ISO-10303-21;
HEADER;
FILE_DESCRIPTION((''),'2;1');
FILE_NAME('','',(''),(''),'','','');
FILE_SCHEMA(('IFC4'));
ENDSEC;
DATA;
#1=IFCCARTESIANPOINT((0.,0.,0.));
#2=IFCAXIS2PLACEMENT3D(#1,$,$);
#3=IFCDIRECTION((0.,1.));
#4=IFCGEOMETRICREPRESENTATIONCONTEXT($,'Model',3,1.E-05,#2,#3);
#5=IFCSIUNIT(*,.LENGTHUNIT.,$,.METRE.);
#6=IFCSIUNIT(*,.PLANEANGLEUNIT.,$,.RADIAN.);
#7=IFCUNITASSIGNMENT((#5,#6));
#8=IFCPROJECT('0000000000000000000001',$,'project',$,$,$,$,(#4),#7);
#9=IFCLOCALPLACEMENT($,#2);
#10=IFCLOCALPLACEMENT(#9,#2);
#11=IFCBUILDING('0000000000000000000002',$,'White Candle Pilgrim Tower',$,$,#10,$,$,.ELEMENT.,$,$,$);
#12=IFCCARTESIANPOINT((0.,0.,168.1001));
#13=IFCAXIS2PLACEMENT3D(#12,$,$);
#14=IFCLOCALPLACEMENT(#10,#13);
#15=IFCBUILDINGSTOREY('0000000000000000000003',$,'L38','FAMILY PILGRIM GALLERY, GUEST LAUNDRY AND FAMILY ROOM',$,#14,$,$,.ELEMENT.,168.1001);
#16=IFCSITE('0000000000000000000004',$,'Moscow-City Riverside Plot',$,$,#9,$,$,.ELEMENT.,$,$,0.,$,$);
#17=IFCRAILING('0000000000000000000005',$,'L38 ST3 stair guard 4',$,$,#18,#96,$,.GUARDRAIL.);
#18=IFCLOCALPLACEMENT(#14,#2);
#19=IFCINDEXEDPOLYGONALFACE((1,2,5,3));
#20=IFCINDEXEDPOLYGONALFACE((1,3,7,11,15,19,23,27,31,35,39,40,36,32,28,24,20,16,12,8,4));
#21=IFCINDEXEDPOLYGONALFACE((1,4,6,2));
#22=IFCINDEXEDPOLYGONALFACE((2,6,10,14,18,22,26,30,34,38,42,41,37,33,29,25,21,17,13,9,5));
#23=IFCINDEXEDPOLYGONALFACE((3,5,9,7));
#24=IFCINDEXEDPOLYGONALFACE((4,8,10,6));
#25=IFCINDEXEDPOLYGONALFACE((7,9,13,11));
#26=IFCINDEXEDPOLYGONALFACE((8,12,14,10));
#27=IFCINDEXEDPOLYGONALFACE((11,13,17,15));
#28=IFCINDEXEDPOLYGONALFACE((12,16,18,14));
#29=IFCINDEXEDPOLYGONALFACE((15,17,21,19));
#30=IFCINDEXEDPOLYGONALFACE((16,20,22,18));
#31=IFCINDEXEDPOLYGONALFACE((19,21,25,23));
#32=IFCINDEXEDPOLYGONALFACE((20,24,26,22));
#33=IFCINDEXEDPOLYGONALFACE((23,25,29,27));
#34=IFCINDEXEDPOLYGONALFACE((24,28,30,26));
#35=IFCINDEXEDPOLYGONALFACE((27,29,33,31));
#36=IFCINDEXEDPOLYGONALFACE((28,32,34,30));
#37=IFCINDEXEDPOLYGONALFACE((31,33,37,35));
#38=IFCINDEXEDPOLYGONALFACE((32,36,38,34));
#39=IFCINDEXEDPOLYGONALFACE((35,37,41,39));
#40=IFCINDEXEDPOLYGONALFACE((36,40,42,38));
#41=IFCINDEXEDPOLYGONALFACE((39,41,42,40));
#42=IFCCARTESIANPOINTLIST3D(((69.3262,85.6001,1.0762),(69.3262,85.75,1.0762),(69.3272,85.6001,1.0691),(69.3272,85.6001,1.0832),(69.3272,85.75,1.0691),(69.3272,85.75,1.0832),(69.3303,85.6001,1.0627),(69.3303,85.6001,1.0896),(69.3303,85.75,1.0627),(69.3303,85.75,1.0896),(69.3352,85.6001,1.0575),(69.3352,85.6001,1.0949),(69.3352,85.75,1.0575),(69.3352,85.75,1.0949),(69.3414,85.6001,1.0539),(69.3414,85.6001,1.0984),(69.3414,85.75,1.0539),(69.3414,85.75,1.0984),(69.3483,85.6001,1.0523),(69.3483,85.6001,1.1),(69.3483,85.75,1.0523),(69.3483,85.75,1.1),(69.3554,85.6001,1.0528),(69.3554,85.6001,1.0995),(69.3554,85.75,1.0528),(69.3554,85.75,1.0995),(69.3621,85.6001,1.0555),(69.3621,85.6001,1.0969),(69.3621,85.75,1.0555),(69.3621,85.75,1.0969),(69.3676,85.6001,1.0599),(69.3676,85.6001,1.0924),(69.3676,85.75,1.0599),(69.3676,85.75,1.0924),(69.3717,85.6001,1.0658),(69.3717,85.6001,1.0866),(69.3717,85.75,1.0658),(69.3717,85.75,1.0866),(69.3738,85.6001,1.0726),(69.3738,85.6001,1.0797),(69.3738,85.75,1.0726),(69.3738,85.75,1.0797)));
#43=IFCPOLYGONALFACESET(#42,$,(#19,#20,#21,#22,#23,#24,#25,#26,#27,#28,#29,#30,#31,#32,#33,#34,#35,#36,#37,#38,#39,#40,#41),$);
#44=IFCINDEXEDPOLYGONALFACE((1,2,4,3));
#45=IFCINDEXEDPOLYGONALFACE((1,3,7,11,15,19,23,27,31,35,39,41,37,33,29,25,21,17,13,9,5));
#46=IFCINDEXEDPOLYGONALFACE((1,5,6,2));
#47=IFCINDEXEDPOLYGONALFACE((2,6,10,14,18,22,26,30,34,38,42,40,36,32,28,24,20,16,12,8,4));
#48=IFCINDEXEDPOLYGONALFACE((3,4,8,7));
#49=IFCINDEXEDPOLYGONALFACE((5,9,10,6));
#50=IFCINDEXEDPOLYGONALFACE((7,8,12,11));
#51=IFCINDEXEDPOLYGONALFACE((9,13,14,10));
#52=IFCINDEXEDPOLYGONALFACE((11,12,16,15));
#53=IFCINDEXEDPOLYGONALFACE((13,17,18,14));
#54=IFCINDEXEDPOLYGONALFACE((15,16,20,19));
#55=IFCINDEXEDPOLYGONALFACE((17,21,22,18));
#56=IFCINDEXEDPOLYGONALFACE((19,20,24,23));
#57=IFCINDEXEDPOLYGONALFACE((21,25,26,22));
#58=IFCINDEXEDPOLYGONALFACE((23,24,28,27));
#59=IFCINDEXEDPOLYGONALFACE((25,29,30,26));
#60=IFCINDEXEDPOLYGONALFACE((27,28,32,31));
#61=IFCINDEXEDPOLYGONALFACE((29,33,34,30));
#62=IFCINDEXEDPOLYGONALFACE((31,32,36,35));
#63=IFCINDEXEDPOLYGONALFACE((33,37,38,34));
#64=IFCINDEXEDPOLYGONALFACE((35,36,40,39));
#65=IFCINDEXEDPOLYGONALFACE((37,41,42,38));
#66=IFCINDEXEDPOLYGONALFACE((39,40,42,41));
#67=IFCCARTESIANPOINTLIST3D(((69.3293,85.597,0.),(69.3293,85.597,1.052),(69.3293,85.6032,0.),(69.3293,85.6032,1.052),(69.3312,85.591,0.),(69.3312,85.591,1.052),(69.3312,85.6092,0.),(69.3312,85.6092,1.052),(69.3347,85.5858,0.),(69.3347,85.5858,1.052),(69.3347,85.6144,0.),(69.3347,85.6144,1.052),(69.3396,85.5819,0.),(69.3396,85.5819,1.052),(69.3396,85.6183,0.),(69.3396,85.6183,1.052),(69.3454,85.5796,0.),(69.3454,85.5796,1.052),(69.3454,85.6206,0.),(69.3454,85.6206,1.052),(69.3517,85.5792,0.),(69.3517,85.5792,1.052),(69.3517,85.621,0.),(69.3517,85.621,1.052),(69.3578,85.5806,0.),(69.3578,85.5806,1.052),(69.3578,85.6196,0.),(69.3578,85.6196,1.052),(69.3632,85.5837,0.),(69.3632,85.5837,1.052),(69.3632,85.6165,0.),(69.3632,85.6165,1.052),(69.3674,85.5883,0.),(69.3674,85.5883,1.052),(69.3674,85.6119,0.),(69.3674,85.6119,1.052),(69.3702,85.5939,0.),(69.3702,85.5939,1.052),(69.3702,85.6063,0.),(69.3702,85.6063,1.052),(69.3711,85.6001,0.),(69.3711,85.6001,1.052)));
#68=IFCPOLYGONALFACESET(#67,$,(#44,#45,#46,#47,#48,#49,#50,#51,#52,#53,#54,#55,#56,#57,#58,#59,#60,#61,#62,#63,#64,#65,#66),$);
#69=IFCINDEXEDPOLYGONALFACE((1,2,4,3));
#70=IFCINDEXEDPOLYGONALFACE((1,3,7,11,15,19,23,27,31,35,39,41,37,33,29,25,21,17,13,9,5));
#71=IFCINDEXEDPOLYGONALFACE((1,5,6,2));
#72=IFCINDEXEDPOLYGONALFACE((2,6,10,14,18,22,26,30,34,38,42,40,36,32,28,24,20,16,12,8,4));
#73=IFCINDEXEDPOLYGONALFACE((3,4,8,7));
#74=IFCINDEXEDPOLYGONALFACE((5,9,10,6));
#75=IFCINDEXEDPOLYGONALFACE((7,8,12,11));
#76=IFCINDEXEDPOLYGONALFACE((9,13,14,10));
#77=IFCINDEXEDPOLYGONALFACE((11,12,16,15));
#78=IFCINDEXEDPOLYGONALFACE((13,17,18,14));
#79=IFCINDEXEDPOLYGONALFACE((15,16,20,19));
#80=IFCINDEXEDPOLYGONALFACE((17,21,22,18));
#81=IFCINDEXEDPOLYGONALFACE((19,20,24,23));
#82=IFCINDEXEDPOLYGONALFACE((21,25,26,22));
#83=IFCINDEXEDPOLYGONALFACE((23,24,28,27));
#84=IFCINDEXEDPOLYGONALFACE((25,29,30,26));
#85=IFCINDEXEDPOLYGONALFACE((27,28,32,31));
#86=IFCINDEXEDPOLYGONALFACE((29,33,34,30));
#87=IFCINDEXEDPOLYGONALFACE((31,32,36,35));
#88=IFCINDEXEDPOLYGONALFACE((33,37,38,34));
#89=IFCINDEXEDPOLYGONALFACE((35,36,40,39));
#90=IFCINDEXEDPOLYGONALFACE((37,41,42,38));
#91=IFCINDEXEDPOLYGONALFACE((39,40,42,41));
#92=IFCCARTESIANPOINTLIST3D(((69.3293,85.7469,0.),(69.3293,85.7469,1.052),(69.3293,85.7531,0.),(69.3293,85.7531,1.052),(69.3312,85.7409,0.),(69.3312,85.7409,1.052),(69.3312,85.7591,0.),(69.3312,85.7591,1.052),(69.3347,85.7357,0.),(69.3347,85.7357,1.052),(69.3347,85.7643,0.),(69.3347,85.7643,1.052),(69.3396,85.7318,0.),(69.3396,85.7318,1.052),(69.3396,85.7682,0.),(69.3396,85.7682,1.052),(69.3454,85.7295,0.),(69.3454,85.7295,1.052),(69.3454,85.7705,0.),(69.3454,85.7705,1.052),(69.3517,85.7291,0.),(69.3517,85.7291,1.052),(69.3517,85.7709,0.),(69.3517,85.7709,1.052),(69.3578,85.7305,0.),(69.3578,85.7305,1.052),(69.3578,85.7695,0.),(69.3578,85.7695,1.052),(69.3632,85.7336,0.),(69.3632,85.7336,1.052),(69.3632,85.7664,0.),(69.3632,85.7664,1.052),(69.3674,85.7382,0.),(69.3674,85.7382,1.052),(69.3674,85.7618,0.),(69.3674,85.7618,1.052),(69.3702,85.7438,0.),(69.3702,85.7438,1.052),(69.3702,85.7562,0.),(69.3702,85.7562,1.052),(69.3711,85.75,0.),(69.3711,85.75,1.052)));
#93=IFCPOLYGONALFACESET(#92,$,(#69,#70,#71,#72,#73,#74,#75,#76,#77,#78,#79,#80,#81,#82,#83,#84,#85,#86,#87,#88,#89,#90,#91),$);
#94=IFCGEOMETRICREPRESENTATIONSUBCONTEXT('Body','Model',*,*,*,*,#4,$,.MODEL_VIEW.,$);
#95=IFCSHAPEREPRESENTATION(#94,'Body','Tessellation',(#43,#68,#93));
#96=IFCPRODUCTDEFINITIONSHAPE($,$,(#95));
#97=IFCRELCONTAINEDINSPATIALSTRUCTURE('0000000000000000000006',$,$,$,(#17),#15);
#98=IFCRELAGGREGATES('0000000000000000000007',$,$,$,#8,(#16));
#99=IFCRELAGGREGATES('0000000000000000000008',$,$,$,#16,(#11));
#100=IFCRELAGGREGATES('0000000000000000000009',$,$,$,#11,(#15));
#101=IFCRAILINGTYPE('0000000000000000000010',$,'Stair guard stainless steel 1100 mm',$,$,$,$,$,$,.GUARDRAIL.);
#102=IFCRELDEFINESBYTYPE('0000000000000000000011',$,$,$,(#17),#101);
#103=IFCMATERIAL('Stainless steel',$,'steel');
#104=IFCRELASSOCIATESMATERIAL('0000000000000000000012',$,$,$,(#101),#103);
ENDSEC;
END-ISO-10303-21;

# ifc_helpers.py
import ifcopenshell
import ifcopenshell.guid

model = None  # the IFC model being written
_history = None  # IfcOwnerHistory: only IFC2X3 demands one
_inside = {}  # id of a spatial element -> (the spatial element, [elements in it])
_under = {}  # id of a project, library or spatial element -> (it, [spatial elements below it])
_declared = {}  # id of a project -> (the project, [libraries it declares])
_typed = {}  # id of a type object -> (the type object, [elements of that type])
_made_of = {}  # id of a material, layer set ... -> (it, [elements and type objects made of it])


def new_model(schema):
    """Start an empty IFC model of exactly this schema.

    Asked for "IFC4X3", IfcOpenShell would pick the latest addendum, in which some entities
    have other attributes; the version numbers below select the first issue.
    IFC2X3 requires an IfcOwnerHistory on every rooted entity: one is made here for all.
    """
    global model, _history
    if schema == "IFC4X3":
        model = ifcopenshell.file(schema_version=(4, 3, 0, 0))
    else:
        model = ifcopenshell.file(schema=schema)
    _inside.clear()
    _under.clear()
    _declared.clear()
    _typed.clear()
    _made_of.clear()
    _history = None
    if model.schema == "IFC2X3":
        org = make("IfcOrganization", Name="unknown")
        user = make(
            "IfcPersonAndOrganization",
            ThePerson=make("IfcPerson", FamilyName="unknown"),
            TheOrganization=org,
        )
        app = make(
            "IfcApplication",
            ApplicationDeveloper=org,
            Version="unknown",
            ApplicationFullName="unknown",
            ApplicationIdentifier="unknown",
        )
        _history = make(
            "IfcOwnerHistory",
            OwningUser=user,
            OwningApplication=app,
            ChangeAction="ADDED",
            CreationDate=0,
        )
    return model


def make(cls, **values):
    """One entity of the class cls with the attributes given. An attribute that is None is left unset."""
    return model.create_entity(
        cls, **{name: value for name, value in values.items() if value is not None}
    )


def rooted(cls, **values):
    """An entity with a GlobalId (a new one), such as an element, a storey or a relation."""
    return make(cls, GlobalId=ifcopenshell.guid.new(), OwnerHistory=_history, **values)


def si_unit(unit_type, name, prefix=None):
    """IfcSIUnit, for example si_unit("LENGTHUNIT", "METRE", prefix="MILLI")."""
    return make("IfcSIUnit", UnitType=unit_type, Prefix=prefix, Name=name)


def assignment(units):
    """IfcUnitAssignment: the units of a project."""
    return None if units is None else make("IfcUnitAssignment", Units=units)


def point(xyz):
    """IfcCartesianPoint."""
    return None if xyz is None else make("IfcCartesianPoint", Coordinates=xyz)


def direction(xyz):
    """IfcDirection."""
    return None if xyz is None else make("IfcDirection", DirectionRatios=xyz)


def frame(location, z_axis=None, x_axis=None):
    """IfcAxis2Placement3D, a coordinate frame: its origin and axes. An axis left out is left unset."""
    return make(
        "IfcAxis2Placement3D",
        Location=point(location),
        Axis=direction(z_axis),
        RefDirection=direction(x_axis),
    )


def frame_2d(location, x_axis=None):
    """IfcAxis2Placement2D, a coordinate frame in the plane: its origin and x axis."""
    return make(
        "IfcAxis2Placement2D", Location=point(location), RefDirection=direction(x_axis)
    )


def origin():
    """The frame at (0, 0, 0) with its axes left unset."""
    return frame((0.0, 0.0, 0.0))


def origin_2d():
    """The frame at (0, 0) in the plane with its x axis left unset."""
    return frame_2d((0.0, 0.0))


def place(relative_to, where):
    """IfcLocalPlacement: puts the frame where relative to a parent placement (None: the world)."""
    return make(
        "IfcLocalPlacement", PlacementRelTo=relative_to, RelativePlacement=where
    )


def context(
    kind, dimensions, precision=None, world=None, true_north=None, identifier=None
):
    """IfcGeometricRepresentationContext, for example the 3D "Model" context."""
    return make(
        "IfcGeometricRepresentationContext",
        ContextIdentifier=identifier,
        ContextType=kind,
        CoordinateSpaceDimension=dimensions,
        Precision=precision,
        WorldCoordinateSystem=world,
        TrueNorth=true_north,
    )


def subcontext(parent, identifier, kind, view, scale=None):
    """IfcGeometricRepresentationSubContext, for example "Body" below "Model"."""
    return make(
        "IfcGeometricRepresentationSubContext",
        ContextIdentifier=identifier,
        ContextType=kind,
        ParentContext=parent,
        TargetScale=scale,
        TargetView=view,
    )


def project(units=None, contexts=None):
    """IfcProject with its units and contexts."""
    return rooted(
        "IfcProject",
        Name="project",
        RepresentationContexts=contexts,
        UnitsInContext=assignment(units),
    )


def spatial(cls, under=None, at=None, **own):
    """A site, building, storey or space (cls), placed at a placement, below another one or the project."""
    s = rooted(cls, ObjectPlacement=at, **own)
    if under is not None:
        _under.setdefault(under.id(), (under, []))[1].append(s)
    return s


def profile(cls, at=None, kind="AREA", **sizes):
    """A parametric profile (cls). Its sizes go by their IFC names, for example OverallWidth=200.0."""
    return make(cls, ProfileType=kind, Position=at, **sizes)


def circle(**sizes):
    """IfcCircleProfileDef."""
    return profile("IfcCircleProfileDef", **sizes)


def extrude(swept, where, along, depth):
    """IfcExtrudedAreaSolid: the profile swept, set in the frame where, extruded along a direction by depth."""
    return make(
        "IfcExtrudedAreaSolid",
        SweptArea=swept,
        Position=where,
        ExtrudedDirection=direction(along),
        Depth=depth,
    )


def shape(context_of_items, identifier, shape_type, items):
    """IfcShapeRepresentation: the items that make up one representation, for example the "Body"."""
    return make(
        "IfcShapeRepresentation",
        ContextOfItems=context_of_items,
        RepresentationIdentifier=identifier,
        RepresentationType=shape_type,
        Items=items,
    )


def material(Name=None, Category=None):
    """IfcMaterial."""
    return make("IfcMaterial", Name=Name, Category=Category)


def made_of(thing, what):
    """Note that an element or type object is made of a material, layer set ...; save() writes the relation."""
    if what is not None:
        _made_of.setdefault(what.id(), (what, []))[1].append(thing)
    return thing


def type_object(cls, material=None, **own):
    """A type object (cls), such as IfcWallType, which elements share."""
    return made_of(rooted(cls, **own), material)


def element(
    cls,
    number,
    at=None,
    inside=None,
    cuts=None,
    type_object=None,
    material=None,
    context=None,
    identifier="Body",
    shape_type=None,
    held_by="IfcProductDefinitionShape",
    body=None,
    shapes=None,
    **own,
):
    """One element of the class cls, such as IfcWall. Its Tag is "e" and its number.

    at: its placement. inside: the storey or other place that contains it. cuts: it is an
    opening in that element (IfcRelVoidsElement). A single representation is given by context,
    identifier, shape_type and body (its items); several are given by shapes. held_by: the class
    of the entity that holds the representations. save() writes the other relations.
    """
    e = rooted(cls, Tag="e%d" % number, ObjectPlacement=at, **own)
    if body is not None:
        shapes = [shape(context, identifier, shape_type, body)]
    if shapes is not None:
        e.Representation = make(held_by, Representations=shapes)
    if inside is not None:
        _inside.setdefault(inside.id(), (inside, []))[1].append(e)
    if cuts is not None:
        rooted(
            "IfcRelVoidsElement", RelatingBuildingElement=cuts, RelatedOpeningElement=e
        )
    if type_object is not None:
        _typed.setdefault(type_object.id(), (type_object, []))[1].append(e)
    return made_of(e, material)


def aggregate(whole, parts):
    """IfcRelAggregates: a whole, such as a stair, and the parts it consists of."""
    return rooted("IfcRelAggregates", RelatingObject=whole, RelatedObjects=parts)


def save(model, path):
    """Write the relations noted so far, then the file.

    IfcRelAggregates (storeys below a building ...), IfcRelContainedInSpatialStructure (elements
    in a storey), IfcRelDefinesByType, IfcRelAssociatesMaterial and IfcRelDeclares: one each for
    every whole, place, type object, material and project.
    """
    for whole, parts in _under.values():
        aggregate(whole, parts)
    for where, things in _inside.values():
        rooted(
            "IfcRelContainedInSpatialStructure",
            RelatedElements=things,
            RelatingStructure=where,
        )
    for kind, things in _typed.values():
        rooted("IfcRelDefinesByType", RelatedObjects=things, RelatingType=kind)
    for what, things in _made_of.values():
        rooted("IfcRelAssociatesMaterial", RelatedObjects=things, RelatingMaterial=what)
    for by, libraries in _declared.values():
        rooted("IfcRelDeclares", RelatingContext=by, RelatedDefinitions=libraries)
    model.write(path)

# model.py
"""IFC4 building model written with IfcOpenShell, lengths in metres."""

from ifc_helpers import new_model, si_unit, direction, frame, origin, origin_2d, place, context, subcontext, project, spatial, circle, extrude, material, type_object, element, save


model = new_model("IFC4")

# Units and contexts
model_context = context("Model", 3, precision=1e-05, world=origin(), true_north=direction((0.0, 1.0)))
body_context = subcontext(model_context, "Body", "Model", "MODEL_VIEW")
ifc_project = project(units=[si_unit("LENGTHUNIT", "METRE"), si_unit("PLANEANGLEUNIT", "RADIAN")], contexts=[model_context])

# Site, building, storey
site_placement = place(None, origin())
site = spatial("IfcSite", under=ifc_project, at=site_placement, Name="Moscow-City Riverside Plot", CompositionType="ELEMENT", RefElevation=0.0)
building_placement = place(site_placement, origin())
building = spatial("IfcBuilding", under=site, at=building_placement, Name="White Candle Pilgrim Tower", CompositionType="ELEMENT")
storey_placement = place(building_placement, frame((0.0, 0.0, 168.1001)))
storey = spatial("IfcBuildingStorey", under=building, at=storey_placement, Name="L38", Description="FAMILY PILGRIM GALLERY, GUEST LAUNDRY AND FAMILY ROOM", CompositionType="ELEMENT", Elevation=168.1001)

# Shared definitions
ifc_material_1 = material(Name="Stainless steel", Category="steel")

# Railing
railing_type_1 = type_object("IfcRailingType", Name="Stair guard stainless steel 1100 mm", PredefinedType="GUARDRAIL", material=ifc_material_1)
railing_1_placement = place(storey_placement, frame((69.3501, 85.6001, 0.0)))
element("IfcRailing", 1, at=railing_1_placement, inside=storey, type_object=railing_type_1, Name="L38 ST3 stair guard 4", PredefinedType="GUARDRAIL", context=body_context, shape_type="SweptSolid", body=[
    extrude(circle(Radius=0.0239, at=origin_2d()), frame((0.0, 0.0, 1.0762), z_axis=(0.0, 1.0, 0.0), x_axis=(-1.0, 0.0, 0.0)), (0.0, 0.0, 1.0), 0.1499),
    extrude(circle(Radius=0.021, at=origin_2d()), origin(), (0.0, 0.0, 1.0), 1.052),
    extrude(circle(Radius=0.021, at=origin_2d()), frame((0.0, 0.1499, 0.0)), (0.0, 0.0, 1.0), 1.052),
])

save(model, "model.ifc")
